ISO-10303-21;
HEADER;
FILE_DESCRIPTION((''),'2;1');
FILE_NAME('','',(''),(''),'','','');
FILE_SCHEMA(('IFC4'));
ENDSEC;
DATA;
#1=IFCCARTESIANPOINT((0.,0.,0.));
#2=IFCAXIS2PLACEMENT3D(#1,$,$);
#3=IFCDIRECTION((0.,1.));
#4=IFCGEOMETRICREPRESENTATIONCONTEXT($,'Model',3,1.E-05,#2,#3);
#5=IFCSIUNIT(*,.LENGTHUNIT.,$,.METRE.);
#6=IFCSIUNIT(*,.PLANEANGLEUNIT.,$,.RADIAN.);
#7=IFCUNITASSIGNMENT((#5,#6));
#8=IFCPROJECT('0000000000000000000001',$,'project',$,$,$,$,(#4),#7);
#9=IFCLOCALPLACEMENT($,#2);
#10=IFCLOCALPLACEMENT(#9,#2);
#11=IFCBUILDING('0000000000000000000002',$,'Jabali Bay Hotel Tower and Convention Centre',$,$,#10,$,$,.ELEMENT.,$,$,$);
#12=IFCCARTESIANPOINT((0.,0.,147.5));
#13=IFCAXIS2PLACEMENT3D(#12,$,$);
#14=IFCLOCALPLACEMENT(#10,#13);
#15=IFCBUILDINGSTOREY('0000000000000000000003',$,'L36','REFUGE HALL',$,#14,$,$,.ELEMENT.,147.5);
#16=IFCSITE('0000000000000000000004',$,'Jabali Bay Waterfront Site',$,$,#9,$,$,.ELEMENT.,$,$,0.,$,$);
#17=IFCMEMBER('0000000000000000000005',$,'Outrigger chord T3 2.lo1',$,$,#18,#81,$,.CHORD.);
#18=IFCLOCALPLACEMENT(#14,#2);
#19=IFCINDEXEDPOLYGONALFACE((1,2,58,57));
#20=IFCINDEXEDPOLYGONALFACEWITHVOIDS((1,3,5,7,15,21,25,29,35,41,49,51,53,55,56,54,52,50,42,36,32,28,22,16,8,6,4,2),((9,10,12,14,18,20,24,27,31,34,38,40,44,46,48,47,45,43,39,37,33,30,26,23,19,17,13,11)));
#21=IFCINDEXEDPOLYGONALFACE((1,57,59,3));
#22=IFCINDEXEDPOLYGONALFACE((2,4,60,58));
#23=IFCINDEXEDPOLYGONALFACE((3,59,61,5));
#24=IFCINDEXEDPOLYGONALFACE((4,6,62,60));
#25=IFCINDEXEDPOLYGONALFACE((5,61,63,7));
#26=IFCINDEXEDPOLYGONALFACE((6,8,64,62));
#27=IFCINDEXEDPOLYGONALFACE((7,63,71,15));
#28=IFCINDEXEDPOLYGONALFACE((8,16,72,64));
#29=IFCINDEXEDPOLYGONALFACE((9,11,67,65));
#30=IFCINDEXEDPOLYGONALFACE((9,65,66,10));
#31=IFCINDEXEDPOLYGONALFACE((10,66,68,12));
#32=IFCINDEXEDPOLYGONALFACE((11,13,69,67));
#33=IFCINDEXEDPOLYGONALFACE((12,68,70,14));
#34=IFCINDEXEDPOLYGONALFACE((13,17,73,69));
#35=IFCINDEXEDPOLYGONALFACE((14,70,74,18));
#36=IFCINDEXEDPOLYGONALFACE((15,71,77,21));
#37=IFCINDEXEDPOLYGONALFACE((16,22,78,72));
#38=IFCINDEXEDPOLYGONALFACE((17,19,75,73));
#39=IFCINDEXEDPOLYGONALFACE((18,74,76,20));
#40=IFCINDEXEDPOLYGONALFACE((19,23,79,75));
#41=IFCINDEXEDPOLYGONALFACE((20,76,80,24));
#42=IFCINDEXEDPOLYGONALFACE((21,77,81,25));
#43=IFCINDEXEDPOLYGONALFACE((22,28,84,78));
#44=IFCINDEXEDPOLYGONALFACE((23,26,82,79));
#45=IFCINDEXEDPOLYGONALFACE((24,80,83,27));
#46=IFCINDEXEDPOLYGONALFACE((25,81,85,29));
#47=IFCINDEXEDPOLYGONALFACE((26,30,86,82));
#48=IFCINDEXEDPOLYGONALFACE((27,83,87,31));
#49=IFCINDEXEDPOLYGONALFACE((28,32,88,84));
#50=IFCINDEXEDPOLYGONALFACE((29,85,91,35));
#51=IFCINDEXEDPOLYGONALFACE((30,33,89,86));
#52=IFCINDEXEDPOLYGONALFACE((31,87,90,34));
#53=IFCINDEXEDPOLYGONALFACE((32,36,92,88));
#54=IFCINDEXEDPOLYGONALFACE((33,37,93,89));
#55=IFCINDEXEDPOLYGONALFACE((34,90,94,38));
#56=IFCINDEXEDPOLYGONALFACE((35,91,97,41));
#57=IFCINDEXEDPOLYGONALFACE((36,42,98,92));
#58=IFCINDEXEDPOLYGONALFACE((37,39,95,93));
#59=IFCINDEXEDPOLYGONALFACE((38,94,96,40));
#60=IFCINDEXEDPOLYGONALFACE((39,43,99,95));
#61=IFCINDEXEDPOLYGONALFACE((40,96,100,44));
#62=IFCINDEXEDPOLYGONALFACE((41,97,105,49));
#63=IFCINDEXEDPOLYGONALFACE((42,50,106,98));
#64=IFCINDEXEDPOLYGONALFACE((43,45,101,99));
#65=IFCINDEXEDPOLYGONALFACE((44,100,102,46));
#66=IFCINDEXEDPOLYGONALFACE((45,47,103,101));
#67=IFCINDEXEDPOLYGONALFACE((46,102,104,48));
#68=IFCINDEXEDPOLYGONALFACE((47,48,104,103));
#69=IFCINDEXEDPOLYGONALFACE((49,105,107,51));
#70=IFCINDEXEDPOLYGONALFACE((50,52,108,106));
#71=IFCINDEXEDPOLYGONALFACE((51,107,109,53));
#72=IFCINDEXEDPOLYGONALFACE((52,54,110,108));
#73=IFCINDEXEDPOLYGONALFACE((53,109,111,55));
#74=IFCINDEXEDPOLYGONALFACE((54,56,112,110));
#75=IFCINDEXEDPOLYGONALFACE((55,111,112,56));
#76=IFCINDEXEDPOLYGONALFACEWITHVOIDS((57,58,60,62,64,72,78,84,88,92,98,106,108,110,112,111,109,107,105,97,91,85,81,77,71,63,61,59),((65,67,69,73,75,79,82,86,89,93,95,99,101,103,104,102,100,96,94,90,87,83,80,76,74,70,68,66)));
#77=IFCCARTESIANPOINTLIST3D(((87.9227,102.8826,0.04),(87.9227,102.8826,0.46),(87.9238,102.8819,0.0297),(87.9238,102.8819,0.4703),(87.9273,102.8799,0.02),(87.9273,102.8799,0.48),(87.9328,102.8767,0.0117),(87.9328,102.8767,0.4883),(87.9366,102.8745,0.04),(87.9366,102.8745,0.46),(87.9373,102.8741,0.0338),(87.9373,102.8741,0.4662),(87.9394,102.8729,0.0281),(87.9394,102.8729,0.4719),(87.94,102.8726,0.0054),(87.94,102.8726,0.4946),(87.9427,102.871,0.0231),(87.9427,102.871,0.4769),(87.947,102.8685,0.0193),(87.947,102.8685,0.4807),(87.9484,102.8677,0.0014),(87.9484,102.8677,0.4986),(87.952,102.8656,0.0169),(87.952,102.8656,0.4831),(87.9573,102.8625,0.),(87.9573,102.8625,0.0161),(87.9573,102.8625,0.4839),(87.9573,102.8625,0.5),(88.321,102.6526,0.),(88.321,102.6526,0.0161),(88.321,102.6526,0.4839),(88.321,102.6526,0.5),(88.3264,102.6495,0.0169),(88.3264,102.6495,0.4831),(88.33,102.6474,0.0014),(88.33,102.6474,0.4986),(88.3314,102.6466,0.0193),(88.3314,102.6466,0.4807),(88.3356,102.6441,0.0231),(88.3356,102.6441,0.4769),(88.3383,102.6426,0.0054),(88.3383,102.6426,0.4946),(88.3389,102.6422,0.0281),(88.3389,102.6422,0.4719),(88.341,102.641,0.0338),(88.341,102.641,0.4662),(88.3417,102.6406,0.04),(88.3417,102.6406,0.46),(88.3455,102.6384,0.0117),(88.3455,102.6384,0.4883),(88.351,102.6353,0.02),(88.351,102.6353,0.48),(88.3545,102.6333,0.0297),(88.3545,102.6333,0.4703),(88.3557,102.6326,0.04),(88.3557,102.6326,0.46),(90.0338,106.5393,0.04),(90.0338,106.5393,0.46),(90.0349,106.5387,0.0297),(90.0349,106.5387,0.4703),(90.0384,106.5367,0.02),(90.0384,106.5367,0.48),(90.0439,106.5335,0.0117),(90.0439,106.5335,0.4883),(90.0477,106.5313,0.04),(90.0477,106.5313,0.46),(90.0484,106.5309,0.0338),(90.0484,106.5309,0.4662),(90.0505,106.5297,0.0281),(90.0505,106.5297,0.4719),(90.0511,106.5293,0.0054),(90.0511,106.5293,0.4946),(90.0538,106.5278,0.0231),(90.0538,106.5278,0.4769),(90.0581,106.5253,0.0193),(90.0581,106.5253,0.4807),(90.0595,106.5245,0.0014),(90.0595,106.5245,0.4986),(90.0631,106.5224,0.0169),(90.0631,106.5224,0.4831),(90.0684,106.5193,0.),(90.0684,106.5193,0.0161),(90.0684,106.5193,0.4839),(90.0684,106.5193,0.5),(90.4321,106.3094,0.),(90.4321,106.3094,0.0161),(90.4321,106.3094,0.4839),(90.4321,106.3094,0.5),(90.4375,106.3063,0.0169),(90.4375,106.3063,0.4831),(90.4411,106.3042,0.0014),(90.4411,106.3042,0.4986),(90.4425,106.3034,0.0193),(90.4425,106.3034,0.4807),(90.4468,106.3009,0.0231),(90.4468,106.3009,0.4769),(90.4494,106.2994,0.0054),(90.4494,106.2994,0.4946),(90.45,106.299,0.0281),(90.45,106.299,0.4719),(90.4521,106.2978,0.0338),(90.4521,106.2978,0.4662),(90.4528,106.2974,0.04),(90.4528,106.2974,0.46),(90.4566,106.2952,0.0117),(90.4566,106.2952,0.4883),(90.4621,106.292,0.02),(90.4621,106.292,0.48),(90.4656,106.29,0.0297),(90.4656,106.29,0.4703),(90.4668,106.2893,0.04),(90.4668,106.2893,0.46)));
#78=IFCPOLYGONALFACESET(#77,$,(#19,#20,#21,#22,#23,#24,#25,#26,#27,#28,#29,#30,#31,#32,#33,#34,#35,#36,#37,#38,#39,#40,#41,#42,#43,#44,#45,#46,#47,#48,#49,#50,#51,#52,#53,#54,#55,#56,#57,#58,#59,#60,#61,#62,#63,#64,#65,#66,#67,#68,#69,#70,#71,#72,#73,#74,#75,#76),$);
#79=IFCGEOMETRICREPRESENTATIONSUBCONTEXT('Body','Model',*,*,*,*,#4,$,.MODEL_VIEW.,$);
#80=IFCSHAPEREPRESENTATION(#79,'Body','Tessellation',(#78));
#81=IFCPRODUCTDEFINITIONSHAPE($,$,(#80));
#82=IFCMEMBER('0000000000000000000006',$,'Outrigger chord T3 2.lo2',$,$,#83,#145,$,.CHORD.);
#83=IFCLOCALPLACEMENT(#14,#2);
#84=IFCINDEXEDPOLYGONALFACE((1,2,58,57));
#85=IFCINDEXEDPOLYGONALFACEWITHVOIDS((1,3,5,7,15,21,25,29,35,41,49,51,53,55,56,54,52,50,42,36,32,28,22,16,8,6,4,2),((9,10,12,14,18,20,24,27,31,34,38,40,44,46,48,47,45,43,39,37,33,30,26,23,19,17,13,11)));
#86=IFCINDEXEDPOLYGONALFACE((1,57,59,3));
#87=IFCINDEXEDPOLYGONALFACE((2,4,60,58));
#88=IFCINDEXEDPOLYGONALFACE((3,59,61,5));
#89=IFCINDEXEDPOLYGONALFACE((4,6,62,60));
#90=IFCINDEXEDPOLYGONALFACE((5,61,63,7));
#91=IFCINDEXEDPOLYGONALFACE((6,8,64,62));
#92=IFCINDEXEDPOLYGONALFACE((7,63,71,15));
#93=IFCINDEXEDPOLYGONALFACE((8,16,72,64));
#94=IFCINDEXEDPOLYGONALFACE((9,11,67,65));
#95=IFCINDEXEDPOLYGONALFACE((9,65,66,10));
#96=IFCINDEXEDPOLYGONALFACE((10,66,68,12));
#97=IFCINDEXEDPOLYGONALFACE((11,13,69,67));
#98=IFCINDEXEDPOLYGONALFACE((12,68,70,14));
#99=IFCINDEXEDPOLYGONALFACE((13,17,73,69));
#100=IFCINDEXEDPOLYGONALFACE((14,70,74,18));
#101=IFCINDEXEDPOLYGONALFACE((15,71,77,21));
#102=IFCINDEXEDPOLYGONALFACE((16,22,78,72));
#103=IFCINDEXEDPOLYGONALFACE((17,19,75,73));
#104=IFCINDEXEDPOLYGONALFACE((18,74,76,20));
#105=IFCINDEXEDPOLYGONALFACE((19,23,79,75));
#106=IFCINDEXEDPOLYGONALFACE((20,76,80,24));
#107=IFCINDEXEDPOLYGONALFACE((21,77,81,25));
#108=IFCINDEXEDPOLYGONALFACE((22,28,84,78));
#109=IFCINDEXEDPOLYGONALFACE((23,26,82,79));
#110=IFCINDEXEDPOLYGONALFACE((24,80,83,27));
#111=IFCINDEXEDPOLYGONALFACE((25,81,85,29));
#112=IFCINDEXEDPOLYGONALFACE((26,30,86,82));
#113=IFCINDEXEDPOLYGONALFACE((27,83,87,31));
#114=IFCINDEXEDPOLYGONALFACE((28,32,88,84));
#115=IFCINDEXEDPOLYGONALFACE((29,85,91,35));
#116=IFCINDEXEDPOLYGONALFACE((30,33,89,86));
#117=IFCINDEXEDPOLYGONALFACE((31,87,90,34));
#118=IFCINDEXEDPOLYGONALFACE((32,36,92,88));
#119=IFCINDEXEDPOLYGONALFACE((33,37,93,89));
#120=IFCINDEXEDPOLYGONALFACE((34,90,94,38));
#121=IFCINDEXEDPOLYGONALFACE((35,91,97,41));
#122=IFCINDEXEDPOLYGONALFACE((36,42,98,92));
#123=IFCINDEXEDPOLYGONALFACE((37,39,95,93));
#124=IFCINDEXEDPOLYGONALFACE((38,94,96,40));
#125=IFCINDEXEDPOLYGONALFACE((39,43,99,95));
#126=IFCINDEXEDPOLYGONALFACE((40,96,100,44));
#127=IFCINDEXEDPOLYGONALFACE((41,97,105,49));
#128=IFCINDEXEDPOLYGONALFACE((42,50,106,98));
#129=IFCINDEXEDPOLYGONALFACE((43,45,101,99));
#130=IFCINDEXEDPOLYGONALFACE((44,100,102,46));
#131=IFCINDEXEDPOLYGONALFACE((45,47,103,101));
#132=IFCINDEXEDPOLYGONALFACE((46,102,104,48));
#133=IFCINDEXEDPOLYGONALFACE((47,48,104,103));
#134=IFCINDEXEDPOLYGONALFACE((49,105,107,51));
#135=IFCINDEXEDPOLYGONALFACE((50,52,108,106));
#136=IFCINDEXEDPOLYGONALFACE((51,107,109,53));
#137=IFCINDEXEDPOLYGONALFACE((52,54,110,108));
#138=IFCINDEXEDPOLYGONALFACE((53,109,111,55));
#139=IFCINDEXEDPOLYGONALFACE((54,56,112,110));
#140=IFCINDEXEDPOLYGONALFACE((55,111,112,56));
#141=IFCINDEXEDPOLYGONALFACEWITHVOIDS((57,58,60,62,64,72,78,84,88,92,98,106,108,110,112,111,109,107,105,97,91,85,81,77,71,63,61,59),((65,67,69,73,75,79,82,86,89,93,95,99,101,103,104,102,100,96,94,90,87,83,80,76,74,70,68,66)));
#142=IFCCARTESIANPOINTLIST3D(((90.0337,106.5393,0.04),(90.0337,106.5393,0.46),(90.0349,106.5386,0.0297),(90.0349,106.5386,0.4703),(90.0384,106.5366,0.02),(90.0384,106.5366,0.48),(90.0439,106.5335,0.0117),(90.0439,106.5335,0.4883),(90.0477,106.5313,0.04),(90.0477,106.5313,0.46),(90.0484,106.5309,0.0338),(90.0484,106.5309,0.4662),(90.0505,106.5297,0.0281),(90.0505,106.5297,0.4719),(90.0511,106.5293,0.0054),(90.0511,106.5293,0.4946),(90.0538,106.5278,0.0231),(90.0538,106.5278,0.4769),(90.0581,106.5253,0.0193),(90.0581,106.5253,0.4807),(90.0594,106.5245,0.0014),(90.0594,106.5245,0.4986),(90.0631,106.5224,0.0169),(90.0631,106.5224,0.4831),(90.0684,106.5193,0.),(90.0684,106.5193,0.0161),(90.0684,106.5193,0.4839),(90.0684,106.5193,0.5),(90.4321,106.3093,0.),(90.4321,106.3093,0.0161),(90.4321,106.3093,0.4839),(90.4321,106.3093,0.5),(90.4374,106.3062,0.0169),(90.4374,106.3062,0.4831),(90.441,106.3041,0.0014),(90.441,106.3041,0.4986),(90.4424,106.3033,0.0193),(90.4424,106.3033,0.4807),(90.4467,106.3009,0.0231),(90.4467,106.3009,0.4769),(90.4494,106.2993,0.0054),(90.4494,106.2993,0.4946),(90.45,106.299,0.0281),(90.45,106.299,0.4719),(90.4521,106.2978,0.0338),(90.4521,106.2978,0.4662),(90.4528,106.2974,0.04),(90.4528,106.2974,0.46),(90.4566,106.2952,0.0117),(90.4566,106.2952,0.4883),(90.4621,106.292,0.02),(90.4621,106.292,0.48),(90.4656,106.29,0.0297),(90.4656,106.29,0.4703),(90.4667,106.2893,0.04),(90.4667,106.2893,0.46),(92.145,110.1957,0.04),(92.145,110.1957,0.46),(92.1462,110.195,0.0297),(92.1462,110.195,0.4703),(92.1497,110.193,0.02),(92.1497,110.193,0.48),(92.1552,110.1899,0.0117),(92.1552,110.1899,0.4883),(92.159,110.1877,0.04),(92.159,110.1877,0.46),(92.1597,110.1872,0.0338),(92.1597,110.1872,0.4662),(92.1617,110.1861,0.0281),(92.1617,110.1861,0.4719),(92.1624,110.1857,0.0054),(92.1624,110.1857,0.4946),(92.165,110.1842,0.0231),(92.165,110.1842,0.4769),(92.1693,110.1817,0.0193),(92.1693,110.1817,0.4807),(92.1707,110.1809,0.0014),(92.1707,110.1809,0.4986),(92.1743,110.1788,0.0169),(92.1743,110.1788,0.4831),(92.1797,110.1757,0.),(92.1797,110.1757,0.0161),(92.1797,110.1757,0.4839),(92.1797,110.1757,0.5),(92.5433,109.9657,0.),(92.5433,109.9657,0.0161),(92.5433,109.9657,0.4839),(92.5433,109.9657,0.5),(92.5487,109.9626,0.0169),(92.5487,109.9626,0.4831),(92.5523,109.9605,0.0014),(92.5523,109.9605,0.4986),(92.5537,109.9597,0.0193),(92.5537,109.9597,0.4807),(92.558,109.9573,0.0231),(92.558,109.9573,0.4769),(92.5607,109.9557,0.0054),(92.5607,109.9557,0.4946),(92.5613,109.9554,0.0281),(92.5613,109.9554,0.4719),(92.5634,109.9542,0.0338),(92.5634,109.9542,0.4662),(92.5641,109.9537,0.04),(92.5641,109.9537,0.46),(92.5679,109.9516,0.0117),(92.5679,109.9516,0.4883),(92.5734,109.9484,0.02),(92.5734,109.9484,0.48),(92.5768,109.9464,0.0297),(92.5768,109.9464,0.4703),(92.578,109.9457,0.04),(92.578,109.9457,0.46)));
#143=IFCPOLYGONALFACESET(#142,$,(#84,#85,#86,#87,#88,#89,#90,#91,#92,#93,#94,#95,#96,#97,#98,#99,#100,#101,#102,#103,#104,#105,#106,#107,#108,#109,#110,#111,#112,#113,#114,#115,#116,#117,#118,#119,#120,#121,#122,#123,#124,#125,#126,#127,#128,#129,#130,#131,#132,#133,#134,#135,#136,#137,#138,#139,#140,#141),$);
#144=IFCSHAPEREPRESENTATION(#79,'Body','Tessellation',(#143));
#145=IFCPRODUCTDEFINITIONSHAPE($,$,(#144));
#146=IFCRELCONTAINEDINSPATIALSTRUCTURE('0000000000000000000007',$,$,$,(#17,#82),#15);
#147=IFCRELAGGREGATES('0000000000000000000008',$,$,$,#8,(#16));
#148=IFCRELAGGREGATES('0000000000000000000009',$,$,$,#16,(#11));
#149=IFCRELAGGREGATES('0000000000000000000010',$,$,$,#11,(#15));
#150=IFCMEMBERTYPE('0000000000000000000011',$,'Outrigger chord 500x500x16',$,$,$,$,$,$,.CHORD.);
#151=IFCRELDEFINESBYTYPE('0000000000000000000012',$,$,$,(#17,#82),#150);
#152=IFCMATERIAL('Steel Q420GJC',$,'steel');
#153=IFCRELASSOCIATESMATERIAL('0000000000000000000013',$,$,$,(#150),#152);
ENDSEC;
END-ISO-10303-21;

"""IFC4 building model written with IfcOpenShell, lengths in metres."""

from ifc_helpers import new_model, si_unit, direction, frame, origin, origin_2d, place, context, subcontext, project, spatial, hollow_rectangle, extrude, material, material_profile, profile_set, type_object, element, save


model = new_model("IFC4")

# Units and contexts
model_context = context("Model", 3, precision=1e-05, world=origin(), true_north=direction((0.0, 1.0)))
body_context = subcontext(model_context, "Body", "Model", "MODEL_VIEW")
ifc_project = project(units=[si_unit("LENGTHUNIT", "METRE"), si_unit("PLANEANGLEUNIT", "RADIAN")], contexts=[model_context])

# Site, building, storey
site_placement = place(None, origin())
site = spatial("IfcSite", under=ifc_project, at=site_placement, Name="Jabali Bay Waterfront Site", CompositionType="ELEMENT", RefElevation=0.0)
building_placement = place(site_placement, origin())
building = spatial("IfcBuilding", under=site, at=building_placement, Name="Jabali Bay Hotel Tower and Convention Centre", CompositionType="ELEMENT")
storey_placement = place(building_placement, frame((0.0, 0.0, 147.5)))
storey = spatial("IfcBuildingStorey", under=building, at=storey_placement, Name="L36", Description="REFUGE HALL", CompositionType="ELEMENT", Elevation=147.5)

# Members
ifc_material_1 = material(Name="Steel Q420GJC", Category="steel")
ifc_material_profile_1 = material_profile(ifc_material_1, hollow_rectangle(XDim=0.5, YDim=0.5, WallThickness=0.0161, InnerFilletRadius=0.0239, OuterFilletRadius=0.04, at=origin_2d()), Name="Outrigger chord 500x500x16")
ifc_profile_set_1 = profile_set([ifc_material_profile_1], Name="Steel Q420GJC")
member_type_1 = type_object("IfcMemberType", Name="Outrigger chord 500x500x16", PredefinedType="CHORD", material=ifc_profile_set_1)
member_1_placement = place(storey_placement, frame((88.1392, 102.7576, 0.25), z_axis=(0.499976, 0.866039, 0.0), x_axis=(-0.866039, 0.499976, 0.0)))
element("IfcMember", 1, at=member_1_placement, inside=storey, type_object=member_type_1, Name="Outrigger chord T3 2.lo1", PredefinedType="CHORD", context=body_context, shape_type="SweptSolid", body=[
    extrude(hollow_rectangle(XDim=0.5, YDim=0.5, WallThickness=0.0161, InnerFilletRadius=0.0239, OuterFilletRadius=0.04, at=origin_2d()), origin(), (0.0, 0.0, 1.0), 4.2224),
])
member_2_placement = place(storey_placement, frame((90.2502, 106.4143, 0.25), z_axis=(0.500044, 0.866, 0.0), x_axis=(-0.866, 0.500044, 0.0)))
element("IfcMember", 2, at=member_2_placement, inside=storey, type_object=member_type_1, Name="Outrigger chord T3 2.lo2", PredefinedType="CHORD", context=body_context, shape_type="SweptSolid", body=[
    extrude(hollow_rectangle(XDim=0.5, YDim=0.5, WallThickness=0.0161, InnerFilletRadius=0.0239, OuterFilletRadius=0.04, at=origin_2d()), origin(), (0.0, 0.0, 1.0), 4.2222),
])

save(model, "model.ifc")
